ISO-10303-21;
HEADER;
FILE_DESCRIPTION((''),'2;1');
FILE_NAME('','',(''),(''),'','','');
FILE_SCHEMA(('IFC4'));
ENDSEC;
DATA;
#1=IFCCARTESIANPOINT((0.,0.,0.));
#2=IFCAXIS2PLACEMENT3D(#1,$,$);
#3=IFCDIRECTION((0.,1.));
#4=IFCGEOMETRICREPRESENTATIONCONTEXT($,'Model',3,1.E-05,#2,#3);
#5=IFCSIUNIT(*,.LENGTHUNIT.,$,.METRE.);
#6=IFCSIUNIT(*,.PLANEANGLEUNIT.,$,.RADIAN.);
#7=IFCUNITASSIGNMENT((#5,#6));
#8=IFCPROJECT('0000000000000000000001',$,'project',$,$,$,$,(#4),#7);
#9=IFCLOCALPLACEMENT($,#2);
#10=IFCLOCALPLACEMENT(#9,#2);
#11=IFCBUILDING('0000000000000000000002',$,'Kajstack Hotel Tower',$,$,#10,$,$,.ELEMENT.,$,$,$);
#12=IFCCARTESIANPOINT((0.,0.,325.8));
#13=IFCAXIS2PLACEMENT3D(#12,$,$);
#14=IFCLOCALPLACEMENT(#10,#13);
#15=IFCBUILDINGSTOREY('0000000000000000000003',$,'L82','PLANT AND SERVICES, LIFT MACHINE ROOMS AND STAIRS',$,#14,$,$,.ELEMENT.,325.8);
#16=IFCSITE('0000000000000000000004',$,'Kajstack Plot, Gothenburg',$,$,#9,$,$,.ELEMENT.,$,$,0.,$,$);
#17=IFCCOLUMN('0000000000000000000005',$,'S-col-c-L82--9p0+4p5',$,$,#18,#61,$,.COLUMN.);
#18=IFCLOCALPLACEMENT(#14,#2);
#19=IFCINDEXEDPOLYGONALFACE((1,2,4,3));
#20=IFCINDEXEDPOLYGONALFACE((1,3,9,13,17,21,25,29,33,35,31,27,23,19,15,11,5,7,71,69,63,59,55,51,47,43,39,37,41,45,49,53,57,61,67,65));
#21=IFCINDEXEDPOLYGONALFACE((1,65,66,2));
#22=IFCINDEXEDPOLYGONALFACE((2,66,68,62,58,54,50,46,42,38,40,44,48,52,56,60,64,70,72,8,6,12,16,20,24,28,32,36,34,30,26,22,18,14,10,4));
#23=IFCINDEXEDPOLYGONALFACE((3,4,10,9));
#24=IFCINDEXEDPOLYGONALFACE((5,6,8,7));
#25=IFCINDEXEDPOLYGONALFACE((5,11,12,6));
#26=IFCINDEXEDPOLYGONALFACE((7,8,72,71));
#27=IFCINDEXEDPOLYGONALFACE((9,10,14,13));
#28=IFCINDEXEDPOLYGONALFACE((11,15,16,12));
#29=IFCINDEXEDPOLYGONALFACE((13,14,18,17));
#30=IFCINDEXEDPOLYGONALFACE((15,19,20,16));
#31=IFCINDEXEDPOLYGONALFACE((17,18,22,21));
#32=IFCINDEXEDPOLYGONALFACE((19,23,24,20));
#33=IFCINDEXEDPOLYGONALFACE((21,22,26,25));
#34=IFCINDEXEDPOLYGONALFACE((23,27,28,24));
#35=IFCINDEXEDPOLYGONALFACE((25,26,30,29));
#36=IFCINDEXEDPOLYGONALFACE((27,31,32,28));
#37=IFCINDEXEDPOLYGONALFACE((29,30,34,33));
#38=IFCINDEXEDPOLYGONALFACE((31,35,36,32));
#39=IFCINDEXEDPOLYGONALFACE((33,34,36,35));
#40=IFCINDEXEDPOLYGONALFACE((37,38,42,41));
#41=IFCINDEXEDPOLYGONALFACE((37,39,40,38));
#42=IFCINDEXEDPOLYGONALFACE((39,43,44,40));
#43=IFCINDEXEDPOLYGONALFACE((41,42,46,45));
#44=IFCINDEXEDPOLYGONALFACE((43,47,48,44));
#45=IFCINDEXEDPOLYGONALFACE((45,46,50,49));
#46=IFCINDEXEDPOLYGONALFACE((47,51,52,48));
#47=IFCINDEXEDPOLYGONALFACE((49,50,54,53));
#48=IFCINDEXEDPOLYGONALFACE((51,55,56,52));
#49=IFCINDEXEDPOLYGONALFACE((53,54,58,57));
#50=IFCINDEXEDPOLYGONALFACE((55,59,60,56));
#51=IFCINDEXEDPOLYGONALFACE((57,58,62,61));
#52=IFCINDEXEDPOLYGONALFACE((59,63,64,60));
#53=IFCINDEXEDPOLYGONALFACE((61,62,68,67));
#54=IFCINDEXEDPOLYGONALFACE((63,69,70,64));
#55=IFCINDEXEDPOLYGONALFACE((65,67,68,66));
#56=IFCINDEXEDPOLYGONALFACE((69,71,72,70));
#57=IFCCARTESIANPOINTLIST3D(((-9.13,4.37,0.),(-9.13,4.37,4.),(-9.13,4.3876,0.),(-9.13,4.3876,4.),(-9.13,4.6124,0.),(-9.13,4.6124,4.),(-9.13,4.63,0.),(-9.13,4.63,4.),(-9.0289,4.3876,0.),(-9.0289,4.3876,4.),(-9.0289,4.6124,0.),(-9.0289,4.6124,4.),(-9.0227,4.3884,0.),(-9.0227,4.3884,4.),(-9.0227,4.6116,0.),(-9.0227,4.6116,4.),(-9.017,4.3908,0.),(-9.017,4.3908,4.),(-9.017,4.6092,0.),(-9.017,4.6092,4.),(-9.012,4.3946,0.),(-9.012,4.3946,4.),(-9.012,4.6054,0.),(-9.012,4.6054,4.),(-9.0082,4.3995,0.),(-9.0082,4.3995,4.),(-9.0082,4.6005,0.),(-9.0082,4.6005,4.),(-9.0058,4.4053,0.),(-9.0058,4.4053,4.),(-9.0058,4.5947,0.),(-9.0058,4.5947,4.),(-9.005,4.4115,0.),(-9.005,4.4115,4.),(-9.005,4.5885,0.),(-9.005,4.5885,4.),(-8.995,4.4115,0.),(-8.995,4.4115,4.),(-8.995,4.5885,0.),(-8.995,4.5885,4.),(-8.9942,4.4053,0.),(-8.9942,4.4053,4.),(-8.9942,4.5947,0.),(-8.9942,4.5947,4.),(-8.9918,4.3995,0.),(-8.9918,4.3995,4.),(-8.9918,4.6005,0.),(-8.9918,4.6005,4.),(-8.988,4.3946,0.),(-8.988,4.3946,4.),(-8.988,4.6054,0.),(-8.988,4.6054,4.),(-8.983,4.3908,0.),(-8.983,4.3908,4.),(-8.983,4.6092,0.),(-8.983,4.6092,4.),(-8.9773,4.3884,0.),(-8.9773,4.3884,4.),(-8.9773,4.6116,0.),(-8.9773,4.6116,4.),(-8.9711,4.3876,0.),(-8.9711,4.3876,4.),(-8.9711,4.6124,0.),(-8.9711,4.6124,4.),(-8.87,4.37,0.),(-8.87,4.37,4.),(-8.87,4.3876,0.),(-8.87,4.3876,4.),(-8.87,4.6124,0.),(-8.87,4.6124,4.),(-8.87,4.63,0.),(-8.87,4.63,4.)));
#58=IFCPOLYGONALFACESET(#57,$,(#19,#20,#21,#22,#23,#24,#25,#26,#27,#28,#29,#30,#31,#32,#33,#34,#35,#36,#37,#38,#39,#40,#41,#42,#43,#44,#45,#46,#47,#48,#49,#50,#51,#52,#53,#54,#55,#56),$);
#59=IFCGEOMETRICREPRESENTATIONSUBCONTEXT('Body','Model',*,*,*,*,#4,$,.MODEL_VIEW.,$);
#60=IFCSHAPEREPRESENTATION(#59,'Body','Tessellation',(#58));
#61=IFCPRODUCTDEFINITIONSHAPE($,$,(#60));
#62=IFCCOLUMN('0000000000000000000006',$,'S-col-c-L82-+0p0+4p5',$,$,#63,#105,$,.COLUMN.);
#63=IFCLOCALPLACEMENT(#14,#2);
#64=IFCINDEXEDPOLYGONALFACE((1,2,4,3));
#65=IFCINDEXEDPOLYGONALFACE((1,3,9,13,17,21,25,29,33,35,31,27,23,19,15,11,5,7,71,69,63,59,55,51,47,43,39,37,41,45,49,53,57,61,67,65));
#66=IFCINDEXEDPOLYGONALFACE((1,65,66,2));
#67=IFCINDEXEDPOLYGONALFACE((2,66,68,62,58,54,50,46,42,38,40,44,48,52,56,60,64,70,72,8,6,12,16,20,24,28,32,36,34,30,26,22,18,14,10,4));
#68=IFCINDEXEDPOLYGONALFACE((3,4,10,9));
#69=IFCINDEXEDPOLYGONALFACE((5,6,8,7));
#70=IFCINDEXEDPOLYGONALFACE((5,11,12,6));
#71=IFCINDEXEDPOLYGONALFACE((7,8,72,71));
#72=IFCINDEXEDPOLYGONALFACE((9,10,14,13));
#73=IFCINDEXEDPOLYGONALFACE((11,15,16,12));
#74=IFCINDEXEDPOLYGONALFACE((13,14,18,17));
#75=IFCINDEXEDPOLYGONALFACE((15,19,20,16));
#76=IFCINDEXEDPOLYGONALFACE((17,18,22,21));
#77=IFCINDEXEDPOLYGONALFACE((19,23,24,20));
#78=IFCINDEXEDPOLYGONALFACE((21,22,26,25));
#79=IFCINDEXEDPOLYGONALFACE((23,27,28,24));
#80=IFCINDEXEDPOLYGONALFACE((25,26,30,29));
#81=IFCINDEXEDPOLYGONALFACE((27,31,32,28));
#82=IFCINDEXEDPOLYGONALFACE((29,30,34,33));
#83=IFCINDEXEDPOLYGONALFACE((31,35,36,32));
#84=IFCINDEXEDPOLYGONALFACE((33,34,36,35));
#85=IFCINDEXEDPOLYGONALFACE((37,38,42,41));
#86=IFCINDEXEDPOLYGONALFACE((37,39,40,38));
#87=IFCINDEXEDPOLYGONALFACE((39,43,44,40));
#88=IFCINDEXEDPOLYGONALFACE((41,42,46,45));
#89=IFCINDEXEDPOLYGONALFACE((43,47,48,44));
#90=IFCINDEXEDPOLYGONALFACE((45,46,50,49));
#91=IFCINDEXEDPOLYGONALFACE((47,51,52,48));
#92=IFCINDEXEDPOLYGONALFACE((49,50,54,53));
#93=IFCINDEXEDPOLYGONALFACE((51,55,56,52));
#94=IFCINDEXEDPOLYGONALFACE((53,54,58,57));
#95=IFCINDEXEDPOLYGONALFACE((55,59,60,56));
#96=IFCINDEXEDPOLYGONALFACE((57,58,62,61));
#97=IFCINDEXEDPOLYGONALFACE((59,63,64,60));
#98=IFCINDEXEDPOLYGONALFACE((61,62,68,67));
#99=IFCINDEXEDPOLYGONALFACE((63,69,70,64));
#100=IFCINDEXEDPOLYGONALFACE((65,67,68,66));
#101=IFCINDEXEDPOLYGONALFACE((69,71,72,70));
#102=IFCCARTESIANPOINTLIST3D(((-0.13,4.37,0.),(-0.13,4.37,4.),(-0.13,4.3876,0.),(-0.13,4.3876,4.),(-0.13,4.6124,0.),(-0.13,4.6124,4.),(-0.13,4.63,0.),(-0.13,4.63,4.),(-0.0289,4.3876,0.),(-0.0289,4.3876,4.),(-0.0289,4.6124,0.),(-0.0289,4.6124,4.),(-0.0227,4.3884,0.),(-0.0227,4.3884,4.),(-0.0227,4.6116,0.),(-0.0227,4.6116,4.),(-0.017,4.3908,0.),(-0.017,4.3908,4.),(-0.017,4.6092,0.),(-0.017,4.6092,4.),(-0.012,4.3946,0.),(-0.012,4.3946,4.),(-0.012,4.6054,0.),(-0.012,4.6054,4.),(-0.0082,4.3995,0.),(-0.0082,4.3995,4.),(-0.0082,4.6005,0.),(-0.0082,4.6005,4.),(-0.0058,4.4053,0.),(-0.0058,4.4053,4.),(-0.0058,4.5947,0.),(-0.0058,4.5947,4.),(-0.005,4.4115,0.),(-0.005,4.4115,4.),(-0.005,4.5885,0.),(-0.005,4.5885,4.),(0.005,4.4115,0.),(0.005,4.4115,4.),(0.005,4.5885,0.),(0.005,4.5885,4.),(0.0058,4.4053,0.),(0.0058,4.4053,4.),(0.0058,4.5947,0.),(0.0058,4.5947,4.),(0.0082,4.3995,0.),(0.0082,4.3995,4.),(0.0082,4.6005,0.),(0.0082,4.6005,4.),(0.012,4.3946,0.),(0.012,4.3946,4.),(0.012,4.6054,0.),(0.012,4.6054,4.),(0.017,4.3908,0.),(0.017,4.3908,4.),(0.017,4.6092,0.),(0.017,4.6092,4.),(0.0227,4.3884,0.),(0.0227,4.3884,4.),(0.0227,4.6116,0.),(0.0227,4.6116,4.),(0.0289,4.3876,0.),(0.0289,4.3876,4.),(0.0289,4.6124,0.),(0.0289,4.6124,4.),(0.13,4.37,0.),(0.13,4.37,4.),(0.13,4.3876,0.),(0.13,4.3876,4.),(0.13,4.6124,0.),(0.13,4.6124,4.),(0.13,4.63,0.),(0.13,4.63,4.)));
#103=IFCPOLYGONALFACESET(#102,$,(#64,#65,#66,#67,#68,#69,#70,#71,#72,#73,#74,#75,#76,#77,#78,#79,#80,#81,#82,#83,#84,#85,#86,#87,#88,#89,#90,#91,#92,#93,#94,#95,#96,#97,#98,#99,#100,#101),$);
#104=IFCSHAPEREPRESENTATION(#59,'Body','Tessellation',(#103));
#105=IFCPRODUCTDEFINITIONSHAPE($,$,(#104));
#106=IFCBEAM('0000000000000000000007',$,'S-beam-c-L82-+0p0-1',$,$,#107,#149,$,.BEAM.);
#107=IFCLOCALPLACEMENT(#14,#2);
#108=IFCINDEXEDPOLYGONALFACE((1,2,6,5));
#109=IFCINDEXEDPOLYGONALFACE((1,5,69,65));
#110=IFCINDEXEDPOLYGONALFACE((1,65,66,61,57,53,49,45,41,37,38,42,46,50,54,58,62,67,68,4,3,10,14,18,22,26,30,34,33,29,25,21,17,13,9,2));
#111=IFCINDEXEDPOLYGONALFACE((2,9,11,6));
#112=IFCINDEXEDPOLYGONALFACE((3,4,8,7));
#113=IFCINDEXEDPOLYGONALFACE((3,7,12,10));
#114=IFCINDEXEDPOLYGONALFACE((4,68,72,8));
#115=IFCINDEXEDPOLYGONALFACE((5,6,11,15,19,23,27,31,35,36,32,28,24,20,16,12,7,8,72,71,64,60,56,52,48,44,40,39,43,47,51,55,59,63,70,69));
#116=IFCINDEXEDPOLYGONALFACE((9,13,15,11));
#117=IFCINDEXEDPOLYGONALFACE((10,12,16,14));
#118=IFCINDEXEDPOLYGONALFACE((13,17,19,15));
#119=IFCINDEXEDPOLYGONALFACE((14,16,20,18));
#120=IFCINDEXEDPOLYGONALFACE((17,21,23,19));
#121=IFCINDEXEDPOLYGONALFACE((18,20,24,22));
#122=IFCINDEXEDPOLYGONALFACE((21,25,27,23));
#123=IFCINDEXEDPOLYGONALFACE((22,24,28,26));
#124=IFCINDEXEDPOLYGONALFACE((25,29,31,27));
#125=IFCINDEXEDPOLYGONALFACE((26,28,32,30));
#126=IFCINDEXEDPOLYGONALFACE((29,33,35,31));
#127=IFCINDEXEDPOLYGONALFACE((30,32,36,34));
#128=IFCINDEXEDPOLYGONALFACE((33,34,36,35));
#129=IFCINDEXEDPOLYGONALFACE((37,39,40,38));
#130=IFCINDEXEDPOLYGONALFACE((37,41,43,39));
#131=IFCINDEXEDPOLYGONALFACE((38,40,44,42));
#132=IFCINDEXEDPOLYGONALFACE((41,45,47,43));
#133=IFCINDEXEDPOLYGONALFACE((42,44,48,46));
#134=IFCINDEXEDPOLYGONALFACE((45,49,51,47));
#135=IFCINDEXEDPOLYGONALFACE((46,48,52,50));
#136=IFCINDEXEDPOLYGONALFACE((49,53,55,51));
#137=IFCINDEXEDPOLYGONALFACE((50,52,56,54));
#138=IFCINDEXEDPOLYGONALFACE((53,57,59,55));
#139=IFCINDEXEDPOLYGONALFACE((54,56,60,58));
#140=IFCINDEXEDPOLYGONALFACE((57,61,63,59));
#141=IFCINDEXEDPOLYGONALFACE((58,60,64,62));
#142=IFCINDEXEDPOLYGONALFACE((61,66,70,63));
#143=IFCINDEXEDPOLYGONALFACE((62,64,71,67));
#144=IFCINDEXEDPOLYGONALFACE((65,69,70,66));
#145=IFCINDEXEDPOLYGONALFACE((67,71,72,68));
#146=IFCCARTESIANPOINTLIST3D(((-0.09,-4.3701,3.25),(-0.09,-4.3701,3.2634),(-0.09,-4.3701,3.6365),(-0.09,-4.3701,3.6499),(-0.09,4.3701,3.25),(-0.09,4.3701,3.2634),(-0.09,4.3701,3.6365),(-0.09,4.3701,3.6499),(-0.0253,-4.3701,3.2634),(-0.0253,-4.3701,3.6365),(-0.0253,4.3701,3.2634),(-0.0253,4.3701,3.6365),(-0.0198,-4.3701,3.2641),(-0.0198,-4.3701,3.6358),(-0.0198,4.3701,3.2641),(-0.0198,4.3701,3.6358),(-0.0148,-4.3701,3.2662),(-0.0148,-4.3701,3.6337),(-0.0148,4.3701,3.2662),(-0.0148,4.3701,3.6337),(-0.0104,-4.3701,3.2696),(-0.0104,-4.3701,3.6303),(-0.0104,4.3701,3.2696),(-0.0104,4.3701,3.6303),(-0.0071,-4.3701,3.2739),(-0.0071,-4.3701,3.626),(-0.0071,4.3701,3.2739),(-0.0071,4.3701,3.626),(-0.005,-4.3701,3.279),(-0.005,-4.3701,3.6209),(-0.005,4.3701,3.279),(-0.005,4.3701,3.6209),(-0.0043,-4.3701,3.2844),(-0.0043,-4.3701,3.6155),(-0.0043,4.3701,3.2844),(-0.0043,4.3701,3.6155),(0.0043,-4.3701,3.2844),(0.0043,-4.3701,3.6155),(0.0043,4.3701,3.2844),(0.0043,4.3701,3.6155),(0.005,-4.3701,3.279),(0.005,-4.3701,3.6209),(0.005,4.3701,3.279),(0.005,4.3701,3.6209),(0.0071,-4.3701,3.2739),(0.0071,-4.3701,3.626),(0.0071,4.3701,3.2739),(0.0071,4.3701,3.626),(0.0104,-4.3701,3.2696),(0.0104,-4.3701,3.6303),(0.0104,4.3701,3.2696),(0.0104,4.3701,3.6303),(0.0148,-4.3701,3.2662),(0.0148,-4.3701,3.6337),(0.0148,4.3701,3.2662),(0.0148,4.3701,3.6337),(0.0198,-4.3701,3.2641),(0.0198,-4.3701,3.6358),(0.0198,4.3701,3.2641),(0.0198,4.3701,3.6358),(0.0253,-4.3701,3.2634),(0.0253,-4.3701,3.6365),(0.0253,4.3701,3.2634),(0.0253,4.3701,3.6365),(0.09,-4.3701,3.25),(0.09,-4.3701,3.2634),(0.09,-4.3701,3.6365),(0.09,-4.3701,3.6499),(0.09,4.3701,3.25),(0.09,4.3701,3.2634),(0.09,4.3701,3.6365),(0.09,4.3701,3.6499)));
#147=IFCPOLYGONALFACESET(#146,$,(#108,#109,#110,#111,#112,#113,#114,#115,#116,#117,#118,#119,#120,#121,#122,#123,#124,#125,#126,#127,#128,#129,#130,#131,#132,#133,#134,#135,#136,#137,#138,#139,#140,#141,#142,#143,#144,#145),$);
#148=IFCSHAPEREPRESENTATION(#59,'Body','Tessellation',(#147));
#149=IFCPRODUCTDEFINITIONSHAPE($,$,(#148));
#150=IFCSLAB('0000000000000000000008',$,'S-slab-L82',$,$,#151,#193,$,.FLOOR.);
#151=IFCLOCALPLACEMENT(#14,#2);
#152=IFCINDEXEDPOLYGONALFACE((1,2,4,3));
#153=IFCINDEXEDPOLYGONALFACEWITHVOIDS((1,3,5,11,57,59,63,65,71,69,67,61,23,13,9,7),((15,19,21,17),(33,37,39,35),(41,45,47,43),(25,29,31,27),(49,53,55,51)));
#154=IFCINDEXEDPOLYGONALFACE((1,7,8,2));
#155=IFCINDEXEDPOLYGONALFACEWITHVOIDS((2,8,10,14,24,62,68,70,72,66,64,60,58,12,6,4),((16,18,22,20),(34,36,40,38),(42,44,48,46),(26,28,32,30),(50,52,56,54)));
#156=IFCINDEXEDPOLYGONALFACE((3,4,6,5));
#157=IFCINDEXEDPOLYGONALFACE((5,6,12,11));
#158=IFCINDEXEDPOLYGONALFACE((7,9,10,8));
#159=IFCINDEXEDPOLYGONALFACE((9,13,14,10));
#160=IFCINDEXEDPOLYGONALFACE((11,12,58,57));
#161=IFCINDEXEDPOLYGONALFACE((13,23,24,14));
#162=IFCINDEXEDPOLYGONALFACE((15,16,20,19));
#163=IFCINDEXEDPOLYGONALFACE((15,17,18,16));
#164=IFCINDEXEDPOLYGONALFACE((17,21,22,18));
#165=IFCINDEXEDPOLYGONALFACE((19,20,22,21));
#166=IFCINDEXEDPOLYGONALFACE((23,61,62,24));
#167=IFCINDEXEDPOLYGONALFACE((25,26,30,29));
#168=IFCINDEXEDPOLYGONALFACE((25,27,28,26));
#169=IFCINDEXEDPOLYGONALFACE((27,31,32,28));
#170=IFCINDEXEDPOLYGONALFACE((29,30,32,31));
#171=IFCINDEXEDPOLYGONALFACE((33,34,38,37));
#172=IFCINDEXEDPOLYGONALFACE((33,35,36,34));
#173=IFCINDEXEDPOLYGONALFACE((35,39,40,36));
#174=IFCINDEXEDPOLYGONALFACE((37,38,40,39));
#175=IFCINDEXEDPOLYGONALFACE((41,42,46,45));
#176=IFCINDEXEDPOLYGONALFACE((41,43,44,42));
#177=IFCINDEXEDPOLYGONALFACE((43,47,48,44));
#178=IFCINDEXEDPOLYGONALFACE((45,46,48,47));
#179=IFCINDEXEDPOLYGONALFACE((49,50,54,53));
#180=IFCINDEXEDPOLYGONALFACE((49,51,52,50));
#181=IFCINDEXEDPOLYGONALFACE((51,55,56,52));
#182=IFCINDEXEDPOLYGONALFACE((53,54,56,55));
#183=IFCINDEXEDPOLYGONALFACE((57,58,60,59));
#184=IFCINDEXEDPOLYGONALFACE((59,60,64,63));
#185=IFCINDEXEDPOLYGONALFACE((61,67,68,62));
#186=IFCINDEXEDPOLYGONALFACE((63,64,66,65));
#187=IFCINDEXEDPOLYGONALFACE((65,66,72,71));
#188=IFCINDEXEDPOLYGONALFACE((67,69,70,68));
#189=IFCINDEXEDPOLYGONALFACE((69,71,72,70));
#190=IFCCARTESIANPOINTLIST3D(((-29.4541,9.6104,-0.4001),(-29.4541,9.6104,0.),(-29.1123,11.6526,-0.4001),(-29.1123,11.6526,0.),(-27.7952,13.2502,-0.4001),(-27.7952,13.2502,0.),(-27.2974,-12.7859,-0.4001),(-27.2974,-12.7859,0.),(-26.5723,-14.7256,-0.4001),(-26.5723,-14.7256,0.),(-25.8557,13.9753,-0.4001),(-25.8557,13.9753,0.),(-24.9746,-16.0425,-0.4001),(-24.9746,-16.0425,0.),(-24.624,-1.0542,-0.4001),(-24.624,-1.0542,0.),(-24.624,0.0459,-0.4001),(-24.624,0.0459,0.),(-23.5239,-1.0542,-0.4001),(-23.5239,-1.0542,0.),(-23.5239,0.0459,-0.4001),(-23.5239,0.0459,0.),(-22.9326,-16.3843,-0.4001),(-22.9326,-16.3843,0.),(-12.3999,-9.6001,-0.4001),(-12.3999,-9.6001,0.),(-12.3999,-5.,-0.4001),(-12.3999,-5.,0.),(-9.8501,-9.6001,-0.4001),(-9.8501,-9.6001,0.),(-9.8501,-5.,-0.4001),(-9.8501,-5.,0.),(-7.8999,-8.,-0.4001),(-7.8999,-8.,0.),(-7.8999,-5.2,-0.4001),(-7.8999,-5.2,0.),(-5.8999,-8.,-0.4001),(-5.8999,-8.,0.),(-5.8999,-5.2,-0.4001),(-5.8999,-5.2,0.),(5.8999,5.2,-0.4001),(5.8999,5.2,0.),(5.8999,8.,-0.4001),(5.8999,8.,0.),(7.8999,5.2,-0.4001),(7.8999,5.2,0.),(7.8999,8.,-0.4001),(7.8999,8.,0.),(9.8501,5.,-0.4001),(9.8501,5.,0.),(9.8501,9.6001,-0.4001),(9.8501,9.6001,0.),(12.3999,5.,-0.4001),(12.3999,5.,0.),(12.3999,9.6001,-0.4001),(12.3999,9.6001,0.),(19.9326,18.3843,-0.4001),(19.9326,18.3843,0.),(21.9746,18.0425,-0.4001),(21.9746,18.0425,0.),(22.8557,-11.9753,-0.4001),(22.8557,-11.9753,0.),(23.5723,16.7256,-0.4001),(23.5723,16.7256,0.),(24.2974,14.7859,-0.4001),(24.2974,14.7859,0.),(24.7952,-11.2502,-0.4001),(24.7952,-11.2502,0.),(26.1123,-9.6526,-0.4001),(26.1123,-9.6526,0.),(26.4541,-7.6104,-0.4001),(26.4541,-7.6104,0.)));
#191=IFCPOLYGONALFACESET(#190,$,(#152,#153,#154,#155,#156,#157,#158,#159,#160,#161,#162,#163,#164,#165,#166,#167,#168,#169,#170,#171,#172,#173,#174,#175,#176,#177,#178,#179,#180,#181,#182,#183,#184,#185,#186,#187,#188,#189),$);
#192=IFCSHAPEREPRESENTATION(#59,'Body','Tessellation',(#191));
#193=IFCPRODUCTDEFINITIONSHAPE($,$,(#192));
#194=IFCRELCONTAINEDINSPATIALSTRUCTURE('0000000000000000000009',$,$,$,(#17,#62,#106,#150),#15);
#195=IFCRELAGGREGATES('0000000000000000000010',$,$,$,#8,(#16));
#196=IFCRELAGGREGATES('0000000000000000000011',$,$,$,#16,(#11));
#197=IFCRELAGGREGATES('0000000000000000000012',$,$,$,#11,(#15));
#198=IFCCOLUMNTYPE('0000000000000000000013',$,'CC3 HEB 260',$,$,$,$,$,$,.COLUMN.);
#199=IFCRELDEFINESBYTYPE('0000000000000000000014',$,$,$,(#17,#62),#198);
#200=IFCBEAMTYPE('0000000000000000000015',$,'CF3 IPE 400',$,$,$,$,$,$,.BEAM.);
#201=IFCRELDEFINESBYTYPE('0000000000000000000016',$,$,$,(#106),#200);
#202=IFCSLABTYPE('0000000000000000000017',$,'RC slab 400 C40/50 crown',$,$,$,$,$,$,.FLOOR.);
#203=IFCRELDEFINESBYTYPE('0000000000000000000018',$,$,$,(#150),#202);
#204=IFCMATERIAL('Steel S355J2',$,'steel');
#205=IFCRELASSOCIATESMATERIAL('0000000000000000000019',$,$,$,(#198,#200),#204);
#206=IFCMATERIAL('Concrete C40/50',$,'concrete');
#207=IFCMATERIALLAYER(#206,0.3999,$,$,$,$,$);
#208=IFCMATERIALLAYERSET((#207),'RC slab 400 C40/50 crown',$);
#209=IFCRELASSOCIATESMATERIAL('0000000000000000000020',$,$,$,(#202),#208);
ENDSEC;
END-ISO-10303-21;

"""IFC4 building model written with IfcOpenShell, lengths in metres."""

from ifc_helpers import new_model, si_unit, direction, frame, origin, origin_2d, place, context, subcontext, project, spatial, polyline, i_section, outline, extrude, material, layer, layer_set, material_profile, profile_set, type_object, element, save


model = new_model("IFC4")

# Units and contexts
model_context = context("Model", 3, precision=1e-05, world=origin(), true_north=direction((0.0, 1.0)))
body_context = subcontext(model_context, "Body", "Model", "MODEL_VIEW")
ifc_project = project(units=[si_unit("LENGTHUNIT", "METRE"), si_unit("PLANEANGLEUNIT", "RADIAN")], contexts=[model_context])

# Site, building, storey
site_placement = place(None, origin())
site = spatial("IfcSite", under=ifc_project, at=site_placement, Name="Kajstack Plot, Gothenburg", CompositionType="ELEMENT", RefElevation=0.0)
building_placement = place(site_placement, origin())
building = spatial("IfcBuilding", under=site, at=building_placement, Name="Kajstack Hotel Tower", CompositionType="ELEMENT")
storey_placement = place(building_placement, frame((0.0, 0.0, 325.8)))
storey = spatial("IfcBuildingStorey", under=building, at=storey_placement, Name="L82", Description="PLANT AND SERVICES, LIFT MACHINE ROOMS AND STAIRS", CompositionType="ELEMENT", Elevation=325.8)

# Columns
ifc_material_1 = material(Name="Steel S355J2", Category="steel")
ifc_material_profile_1 = material_profile(ifc_material_1, i_section(OverallWidth=0.26, OverallDepth=0.26, WebThickness=0.01, FlangeThickness=0.0176, FilletRadius=0.0239, at=origin_2d()), Name="HEB 260")
ifc_profile_set_1 = profile_set([ifc_material_profile_1], Name="Steel S355J2")
column_type = type_object("IfcColumnType", Name="CC3 HEB 260", PredefinedType="COLUMN", material=ifc_profile_set_1)
for number, where, z_axis, x_axis, name in (
    (1, (-9.0, 4.5, 0.0), (0.0, 0.0, 1.0), (1.0, 0.0, 0.0), "S-col-c-L82--9p0+4p5"),
    (2, (0.0, 4.5, 0.0), (0.0, 0.0, 1.0), (1.0, 0.0, 0.0), "S-col-c-L82-+0p0+4p5"),
):
    element("IfcColumn", number, at=place(storey_placement, frame(where, z_axis=z_axis, x_axis=x_axis)), inside=storey, type_object=column_type, Name=name, PredefinedType="COLUMN", context=body_context, shape_type="SweptSolid", body=[
        extrude(i_section(OverallWidth=0.26, OverallDepth=0.26, WebThickness=0.01, FlangeThickness=0.0176, FilletRadius=0.0239, at=origin_2d()), origin(), (0.0, 0.0, 1.0), 4.0),
    ])

# Beam
ifc_material_profile_2 = material_profile(ifc_material_1, i_section(OverallWidth=0.1799, OverallDepth=0.3999, WebThickness=0.0085, FlangeThickness=0.0134, FilletRadius=0.021, at=origin_2d()), Name="IPE 400")
ifc_profile_set_2 = profile_set([ifc_material_profile_2], Name="Steel S355J2")
beam_type = type_object("IfcBeamType", Name="CF3 IPE 400", PredefinedType="BEAM", material=ifc_profile_set_2)
beam_placement = place(storey_placement, frame((0.0, -4.3701, 3.45), z_axis=(0.0, 1.0, 0.0), x_axis=(-1.0, 0.0, 0.0)))
element("IfcBeam", 3, at=beam_placement, inside=storey, type_object=beam_type, Name="S-beam-c-L82-+0p0-1", PredefinedType="BEAM", context=body_context, shape_type="SweptSolid", body=[
    extrude(i_section(OverallWidth=0.1799, OverallDepth=0.3999, WebThickness=0.0085, FlangeThickness=0.0134, FilletRadius=0.021, at=origin_2d()), origin(), (0.0, 0.0, 1.0), 8.7402),
])

# Slab
ifc_material_2 = material(Name="Concrete C40/50", Category="concrete")
ifc_layer_1 = layer(ifc_material_2, 0.3999)
ifc_layer_set_1 = layer_set([ifc_layer_1], Name="RC slab 400 C40/50 crown")
slab_type = type_object("IfcSlabType", Name="RC slab 400 C40/50 crown", PredefinedType="FLOOR", material=ifc_layer_set_1)
slab_placement = place(storey_placement, frame((0.0, 0.0, -0.4001)))
element("IfcSlab", 4, at=slab_placement, inside=storey, type_object=slab_type, Name="S-slab-L82", PredefinedType="FLOOR", context=body_context, shape_type="SweptSolid", body=[
    extrude(outline(polyline([(-29.1123, 11.6526), (-27.7952, 13.2502), (-25.8557, 13.9753), (19.9326, 18.3843), (21.9746, 18.0425), (23.5723, 16.7256), (24.2974, 14.7859), (26.4541, -7.6104), (26.1123, -9.6526), (24.7952, -11.2502), (22.8557, -11.9753), (-22.9326, -16.3843), (-24.9746, -16.0425), (-26.5723, -14.7256), (-27.2974, -12.7859), (-29.4541, 9.6104), (-29.1123, 11.6526)]), holes=[polyline([(-7.8999, -8.0), (-5.8999, -8.0), (-5.8999, -5.2), (-7.8999, -5.2), (-7.8999, -8.0)]), polyline([(7.8999, 8.0), (5.8999, 8.0), (5.8999, 5.2), (7.8999, 5.2), (7.8999, 8.0)]), polyline([(-12.3999, -9.6001), (-9.8501, -9.6001), (-9.8501, -5.0), (-12.3999, -5.0), (-12.3999, -9.6001)]), polyline([(9.8501, 5.0), (12.3999, 5.0), (12.3999, 9.6001), (9.8501, 9.6001), (9.8501, 5.0)]), polyline([(-24.624, -1.0542), (-24.624, 0.0459), (-23.5239, 0.0459), (-23.5239, -1.0542), (-24.624, -1.0542)])]), origin(), (0.0, 0.0, 1.0), 0.4001),
])

save(model, "model.ifc")
